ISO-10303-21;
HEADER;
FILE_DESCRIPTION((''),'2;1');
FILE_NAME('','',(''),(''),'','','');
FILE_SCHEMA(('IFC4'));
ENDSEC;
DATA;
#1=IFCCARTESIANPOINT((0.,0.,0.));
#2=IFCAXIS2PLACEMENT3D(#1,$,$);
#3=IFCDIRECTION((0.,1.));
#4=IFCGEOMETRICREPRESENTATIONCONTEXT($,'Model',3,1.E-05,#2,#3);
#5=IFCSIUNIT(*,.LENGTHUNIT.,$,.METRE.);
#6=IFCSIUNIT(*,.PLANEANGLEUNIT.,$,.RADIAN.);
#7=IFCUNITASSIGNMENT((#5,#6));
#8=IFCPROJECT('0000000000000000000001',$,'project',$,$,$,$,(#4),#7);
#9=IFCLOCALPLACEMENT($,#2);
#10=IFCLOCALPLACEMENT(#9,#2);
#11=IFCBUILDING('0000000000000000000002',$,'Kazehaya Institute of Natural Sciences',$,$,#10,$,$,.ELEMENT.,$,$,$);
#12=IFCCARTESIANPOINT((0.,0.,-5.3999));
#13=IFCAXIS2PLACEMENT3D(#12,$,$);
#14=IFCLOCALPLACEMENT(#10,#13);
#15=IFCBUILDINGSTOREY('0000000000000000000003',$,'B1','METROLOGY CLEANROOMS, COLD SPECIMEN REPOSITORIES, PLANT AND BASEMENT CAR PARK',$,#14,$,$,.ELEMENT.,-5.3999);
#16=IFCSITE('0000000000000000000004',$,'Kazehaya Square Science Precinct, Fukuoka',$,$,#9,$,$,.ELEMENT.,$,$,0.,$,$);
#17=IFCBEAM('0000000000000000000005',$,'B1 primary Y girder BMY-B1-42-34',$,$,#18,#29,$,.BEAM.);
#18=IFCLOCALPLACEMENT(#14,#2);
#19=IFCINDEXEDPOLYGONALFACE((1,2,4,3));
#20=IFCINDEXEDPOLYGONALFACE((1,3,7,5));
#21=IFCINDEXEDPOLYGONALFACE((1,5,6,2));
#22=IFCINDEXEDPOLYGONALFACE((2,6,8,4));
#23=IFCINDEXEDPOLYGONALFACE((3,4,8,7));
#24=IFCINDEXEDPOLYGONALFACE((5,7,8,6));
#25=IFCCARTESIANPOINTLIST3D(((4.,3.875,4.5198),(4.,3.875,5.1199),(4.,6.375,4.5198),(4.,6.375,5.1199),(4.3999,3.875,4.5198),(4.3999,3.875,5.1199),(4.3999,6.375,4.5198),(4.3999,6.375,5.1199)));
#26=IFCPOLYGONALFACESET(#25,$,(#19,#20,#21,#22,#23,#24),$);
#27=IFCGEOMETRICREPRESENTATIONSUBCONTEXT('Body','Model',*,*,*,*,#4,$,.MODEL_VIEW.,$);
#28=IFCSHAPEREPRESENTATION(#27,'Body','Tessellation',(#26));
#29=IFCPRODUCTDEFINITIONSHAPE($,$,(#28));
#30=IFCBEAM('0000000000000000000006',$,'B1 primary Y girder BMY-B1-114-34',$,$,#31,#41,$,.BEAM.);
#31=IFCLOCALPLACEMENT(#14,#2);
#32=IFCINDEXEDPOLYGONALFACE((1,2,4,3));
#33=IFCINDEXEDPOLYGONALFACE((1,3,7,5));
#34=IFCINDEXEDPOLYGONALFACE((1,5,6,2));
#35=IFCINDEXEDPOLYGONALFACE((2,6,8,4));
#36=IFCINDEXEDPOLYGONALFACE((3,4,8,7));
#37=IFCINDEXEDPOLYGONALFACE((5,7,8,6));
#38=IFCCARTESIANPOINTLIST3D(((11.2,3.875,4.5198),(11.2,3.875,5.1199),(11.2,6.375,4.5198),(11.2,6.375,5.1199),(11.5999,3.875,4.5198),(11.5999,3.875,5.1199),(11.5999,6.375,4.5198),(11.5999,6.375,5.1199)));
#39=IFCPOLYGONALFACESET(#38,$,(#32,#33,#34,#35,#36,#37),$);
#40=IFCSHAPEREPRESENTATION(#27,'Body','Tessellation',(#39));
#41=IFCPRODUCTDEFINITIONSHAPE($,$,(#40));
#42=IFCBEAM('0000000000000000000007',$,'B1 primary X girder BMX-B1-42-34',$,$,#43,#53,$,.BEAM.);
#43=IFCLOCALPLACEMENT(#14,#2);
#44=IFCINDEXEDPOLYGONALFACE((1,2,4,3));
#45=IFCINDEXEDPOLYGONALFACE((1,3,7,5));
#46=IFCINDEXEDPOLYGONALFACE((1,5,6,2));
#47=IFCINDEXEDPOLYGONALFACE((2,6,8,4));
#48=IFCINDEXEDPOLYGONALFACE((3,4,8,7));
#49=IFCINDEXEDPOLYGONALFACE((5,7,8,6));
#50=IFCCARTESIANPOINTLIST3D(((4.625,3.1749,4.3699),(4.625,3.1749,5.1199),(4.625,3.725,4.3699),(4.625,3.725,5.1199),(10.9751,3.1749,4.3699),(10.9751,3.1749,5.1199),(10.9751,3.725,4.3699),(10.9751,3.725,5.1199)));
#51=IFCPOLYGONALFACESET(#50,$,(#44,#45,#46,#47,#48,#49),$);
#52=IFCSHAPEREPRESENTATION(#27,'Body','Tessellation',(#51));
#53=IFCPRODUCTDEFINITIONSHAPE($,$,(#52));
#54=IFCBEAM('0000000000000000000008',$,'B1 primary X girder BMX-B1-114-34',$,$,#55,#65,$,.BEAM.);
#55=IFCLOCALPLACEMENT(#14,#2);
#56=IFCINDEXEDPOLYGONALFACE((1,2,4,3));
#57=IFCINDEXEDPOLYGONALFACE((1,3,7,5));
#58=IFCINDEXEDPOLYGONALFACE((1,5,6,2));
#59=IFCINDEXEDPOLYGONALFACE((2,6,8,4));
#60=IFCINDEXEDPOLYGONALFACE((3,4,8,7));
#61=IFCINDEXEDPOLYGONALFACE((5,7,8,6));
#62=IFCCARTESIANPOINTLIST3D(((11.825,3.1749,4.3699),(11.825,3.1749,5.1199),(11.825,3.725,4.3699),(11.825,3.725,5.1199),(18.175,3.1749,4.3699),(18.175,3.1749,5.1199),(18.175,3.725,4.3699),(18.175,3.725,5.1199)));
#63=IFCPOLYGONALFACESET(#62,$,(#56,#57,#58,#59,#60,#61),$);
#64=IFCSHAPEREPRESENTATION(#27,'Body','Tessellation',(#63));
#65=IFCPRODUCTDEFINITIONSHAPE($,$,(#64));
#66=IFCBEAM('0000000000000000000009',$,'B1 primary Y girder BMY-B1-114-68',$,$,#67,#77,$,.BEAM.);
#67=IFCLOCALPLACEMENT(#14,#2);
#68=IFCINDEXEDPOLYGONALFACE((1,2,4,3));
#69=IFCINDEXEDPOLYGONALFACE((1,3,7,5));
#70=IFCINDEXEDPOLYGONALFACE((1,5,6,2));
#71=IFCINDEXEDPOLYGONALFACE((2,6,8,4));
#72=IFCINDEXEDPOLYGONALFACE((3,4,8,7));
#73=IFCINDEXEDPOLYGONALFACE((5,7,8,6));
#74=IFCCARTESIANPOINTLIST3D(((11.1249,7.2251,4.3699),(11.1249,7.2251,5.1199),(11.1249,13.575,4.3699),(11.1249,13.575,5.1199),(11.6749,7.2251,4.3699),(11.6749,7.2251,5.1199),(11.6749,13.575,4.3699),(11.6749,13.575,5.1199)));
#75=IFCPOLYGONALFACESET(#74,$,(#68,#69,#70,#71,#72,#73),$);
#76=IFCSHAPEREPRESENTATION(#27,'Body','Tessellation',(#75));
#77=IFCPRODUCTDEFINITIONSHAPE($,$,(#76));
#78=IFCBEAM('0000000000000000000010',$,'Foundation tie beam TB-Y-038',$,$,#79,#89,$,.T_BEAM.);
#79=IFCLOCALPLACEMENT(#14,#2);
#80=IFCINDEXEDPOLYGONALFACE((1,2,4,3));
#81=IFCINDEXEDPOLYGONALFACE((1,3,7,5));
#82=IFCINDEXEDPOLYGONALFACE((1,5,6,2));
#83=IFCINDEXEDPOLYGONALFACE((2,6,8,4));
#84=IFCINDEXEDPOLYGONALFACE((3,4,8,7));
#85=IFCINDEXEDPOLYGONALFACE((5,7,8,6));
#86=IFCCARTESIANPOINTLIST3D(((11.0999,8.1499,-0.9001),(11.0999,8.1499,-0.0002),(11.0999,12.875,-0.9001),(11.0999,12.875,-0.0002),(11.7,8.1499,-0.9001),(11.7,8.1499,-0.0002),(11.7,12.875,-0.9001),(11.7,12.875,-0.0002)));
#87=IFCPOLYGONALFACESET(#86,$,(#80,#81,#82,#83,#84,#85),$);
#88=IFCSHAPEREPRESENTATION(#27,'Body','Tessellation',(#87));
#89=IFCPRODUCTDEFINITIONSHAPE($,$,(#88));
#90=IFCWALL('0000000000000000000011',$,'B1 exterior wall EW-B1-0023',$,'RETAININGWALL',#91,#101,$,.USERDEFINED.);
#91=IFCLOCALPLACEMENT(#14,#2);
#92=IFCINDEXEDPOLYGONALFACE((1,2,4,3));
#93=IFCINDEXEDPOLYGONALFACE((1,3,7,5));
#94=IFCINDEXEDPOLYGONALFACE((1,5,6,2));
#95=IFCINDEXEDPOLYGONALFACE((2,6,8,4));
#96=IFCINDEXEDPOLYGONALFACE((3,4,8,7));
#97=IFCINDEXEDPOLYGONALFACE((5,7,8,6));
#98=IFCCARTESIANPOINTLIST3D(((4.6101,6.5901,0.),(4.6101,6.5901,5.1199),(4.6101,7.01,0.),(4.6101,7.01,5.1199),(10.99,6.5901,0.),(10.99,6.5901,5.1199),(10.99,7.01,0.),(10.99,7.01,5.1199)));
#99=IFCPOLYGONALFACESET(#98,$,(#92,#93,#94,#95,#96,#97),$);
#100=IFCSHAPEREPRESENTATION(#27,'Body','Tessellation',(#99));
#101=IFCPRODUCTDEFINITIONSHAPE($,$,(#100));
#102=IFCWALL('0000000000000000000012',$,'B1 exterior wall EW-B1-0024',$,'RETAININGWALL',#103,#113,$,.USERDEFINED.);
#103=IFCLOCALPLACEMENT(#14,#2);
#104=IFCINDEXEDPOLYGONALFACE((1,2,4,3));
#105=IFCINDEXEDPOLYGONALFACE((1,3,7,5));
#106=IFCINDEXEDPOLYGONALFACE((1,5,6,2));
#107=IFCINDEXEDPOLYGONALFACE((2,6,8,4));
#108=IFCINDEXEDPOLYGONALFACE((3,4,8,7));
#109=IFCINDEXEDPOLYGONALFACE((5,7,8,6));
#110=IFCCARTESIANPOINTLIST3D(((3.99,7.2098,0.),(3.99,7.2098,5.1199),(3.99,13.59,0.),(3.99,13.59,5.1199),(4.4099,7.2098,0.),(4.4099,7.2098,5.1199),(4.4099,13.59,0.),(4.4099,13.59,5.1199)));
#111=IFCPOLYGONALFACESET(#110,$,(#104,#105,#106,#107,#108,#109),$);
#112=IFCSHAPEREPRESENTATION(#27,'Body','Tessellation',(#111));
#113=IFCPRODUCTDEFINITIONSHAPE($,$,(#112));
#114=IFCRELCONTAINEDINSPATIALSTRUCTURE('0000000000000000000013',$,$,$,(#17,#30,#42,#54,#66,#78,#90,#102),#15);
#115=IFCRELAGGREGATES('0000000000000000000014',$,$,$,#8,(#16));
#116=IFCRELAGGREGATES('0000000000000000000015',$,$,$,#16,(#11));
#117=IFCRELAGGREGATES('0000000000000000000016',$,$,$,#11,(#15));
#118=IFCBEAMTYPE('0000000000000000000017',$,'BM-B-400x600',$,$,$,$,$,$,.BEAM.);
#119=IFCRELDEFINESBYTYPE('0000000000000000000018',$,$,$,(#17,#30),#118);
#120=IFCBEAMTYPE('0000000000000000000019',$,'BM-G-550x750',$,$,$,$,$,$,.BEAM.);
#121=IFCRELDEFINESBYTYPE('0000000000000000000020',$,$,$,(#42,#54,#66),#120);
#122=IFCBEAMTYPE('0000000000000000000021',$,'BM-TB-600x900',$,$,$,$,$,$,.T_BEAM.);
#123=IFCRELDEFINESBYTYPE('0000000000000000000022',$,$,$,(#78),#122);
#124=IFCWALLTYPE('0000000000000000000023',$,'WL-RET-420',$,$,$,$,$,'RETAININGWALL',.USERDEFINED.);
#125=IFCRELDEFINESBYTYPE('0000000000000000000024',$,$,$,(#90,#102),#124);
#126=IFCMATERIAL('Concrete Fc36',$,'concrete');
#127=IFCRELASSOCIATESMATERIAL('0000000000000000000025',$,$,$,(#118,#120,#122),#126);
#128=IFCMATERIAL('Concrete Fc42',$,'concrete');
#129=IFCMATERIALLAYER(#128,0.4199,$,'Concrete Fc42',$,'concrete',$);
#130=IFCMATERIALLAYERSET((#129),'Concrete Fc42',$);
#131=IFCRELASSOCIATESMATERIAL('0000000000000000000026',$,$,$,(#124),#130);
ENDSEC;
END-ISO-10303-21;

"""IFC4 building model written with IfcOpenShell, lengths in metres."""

from ifc_helpers import new_model, si_unit, direction, frame, frame_2d, origin, origin_2d, place, context, subcontext, project, spatial, rectangle, extrude, material, layer, layer_set, material_profile, profile_set, type_object, element, save


model = new_model("IFC4")

# Units and contexts
model_context = context("Model", 3, precision=1e-05, world=origin(), true_north=direction((0.0, 1.0)))
body_context = subcontext(model_context, "Body", "Model", "MODEL_VIEW")
ifc_project = project(units=[si_unit("LENGTHUNIT", "METRE"), si_unit("PLANEANGLEUNIT", "RADIAN")], contexts=[model_context])

# Site, building, storey
site_placement = place(None, origin())
site = spatial("IfcSite", under=ifc_project, at=site_placement, Name="Kazehaya Square Science Precinct, Fukuoka", CompositionType="ELEMENT", RefElevation=0.0)
building_placement = place(site_placement, origin())
building = spatial("IfcBuilding", under=site, at=building_placement, Name="Kazehaya Institute of Natural Sciences", CompositionType="ELEMENT")
storey_placement = place(building_placement, frame((0.0, 0.0, -5.3999)))
storey = spatial("IfcBuildingStorey", under=building, at=storey_placement, Name="B1", Description="METROLOGY CLEANROOMS, COLD SPECIMEN REPOSITORIES, PLANT AND BASEMENT CAR PARK", CompositionType="ELEMENT", Elevation=-5.3999)

# Shared definitions
ifc_material_1 = material(Name="Concrete Fc36", Category="concrete")

# Shared definitions
ifc_material_2 = material(Name="Concrete Fc42", Category="concrete")

# Beams
ifc_material_profile_1 = material_profile(ifc_material_1, rectangle(XDim=0.3999, YDim=0.6001, at=origin_2d()), Name="RC-400x600")
ifc_profile_set_1 = profile_set([ifc_material_profile_1], Name="Concrete Fc36")
beam_type_1 = type_object("IfcBeamType", Name="BM-B-400x600", PredefinedType="BEAM", material=ifc_profile_set_1)
for number, where, z_axis, x_axis, name in (
    (1, (4.2, 3.875, 4.8198), (0.0, 1.0, 0.0), (-1.0, 0.0, 0.0), "B1 primary Y girder BMY-B1-42-34"),
    (2, (11.3999, 3.875, 4.8198), (0.0, 1.0, 0.0), (-1.0, 0.0, 0.0), "B1 primary Y girder BMY-B1-114-34"),
):
    element("IfcBeam", number, at=place(storey_placement, frame(where, z_axis=z_axis, x_axis=x_axis)), inside=storey, type_object=beam_type_1, Name=name, PredefinedType="BEAM", context=body_context, shape_type="SweptSolid", body=[
        extrude(rectangle(XDim=0.3999, YDim=0.6001, at=origin_2d()), origin(), (0.0, 0.0, 1.0), 2.5),
    ])
ifc_material_profile_2 = material_profile(ifc_material_1, rectangle(XDim=0.55, YDim=0.75, at=origin_2d()), Name="RC-550x750")
ifc_profile_set_2 = profile_set([ifc_material_profile_2], Name="Concrete Fc36")
beam_type_2 = type_object("IfcBeamType", Name="BM-G-550x750", PredefinedType="BEAM", material=ifc_profile_set_2)
for number, where, z_axis, x_axis, name in (
    (3, (4.625, 3.45, 4.7449), (1.0, 0.0, 0.0), (0.0, 1.0, 0.0), "B1 primary X girder BMX-B1-42-34"),
    (4, (11.825, 3.45, 4.7449), (1.0, 0.0, 0.0), (0.0, 1.0, 0.0), "B1 primary X girder BMX-B1-114-34"),
):
    element("IfcBeam", number, at=place(storey_placement, frame(where, z_axis=z_axis, x_axis=x_axis)), inside=storey, type_object=beam_type_2, Name=name, PredefinedType="BEAM", context=body_context, shape_type="SweptSolid", body=[
        extrude(rectangle(XDim=0.55, YDim=0.75, at=origin_2d()), origin(), (0.0, 0.0, 1.0), 6.3501),
    ])
beam_1_placement = place(storey_placement, frame((11.3999, 7.2251, 4.7449), z_axis=(0.0, 1.0, 0.0), x_axis=(-1.0, 0.0, 0.0)))
element("IfcBeam", 5, at=beam_1_placement, inside=storey, type_object=beam_type_2, Name="B1 primary Y girder BMY-B1-114-68", PredefinedType="BEAM", context=body_context, shape_type="SweptSolid", body=[
    extrude(rectangle(XDim=0.55, YDim=0.75, at=origin_2d()), origin(), (0.0, 0.0, 1.0), 6.3499),
])
ifc_material_profile_3 = material_profile(ifc_material_1, rectangle(XDim=0.6001, YDim=0.8999, at=origin_2d()), Name="RC-600x900")
ifc_profile_set_3 = profile_set([ifc_material_profile_3], Name="Concrete Fc36")
beam_type_3 = type_object("IfcBeamType", Name="BM-TB-600x900", PredefinedType="T_BEAM", material=ifc_profile_set_3)
beam_2_placement = place(storey_placement, frame((11.3999, 8.1499, -0.4502), z_axis=(0.0, 1.0, 0.0), x_axis=(-1.0, 0.0, 0.0)))
element("IfcBeam", 6, at=beam_2_placement, inside=storey, type_object=beam_type_3, Name="Foundation tie beam TB-Y-038", PredefinedType="T_BEAM", context=body_context, shape_type="SweptSolid", body=[
    extrude(rectangle(XDim=0.6001, YDim=0.8999, at=origin_2d()), origin(), (0.0, 0.0, 1.0), 4.7251),
])

# Walls
ifc_layer = layer(ifc_material_2, 0.4199, Name="Concrete Fc42", Category="concrete")
ifc_layer_set = layer_set([ifc_layer], Name="Concrete Fc42")
wall_type = type_object("IfcWallType", Name="WL-RET-420", ElementType="RETAININGWALL", PredefinedType="USERDEFINED", material=ifc_layer_set)
wall_1_placement = place(storey_placement, frame((10.99, 6.8, 0.0), z_axis=(0.0, 0.0, 1.0), x_axis=(-1.0, 0.0, 0.0)))
element("IfcWall", 7, at=wall_1_placement, inside=storey, type_object=wall_type, Name="B1 exterior wall EW-B1-0023", ObjectType="RETAININGWALL", PredefinedType="USERDEFINED", context=body_context, shape_type="SweptSolid", body=[
    extrude(rectangle(XDim=6.3799, YDim=0.4199, at=frame_2d((3.1899, 0.0))), origin(), (0.0, 0.0, 1.0), 5.1199),
])
wall_2_placement = place(storey_placement, frame((4.2, 7.21, 0.0), z_axis=(0.0, 0.0, 1.0), x_axis=(0.0, 1.0, 0.0)))
element("IfcWall", 8, at=wall_2_placement, inside=storey, type_object=wall_type, Name="B1 exterior wall EW-B1-0024", ObjectType="RETAININGWALL", PredefinedType="USERDEFINED", context=body_context, shape_type="SweptSolid", body=[
    extrude(rectangle(XDim=6.3801, YDim=0.4199, at=frame_2d((3.1899, 0.0))), origin(), (0.0, 0.0, 1.0), 5.1199),
])

save(model, "model.ifc")
